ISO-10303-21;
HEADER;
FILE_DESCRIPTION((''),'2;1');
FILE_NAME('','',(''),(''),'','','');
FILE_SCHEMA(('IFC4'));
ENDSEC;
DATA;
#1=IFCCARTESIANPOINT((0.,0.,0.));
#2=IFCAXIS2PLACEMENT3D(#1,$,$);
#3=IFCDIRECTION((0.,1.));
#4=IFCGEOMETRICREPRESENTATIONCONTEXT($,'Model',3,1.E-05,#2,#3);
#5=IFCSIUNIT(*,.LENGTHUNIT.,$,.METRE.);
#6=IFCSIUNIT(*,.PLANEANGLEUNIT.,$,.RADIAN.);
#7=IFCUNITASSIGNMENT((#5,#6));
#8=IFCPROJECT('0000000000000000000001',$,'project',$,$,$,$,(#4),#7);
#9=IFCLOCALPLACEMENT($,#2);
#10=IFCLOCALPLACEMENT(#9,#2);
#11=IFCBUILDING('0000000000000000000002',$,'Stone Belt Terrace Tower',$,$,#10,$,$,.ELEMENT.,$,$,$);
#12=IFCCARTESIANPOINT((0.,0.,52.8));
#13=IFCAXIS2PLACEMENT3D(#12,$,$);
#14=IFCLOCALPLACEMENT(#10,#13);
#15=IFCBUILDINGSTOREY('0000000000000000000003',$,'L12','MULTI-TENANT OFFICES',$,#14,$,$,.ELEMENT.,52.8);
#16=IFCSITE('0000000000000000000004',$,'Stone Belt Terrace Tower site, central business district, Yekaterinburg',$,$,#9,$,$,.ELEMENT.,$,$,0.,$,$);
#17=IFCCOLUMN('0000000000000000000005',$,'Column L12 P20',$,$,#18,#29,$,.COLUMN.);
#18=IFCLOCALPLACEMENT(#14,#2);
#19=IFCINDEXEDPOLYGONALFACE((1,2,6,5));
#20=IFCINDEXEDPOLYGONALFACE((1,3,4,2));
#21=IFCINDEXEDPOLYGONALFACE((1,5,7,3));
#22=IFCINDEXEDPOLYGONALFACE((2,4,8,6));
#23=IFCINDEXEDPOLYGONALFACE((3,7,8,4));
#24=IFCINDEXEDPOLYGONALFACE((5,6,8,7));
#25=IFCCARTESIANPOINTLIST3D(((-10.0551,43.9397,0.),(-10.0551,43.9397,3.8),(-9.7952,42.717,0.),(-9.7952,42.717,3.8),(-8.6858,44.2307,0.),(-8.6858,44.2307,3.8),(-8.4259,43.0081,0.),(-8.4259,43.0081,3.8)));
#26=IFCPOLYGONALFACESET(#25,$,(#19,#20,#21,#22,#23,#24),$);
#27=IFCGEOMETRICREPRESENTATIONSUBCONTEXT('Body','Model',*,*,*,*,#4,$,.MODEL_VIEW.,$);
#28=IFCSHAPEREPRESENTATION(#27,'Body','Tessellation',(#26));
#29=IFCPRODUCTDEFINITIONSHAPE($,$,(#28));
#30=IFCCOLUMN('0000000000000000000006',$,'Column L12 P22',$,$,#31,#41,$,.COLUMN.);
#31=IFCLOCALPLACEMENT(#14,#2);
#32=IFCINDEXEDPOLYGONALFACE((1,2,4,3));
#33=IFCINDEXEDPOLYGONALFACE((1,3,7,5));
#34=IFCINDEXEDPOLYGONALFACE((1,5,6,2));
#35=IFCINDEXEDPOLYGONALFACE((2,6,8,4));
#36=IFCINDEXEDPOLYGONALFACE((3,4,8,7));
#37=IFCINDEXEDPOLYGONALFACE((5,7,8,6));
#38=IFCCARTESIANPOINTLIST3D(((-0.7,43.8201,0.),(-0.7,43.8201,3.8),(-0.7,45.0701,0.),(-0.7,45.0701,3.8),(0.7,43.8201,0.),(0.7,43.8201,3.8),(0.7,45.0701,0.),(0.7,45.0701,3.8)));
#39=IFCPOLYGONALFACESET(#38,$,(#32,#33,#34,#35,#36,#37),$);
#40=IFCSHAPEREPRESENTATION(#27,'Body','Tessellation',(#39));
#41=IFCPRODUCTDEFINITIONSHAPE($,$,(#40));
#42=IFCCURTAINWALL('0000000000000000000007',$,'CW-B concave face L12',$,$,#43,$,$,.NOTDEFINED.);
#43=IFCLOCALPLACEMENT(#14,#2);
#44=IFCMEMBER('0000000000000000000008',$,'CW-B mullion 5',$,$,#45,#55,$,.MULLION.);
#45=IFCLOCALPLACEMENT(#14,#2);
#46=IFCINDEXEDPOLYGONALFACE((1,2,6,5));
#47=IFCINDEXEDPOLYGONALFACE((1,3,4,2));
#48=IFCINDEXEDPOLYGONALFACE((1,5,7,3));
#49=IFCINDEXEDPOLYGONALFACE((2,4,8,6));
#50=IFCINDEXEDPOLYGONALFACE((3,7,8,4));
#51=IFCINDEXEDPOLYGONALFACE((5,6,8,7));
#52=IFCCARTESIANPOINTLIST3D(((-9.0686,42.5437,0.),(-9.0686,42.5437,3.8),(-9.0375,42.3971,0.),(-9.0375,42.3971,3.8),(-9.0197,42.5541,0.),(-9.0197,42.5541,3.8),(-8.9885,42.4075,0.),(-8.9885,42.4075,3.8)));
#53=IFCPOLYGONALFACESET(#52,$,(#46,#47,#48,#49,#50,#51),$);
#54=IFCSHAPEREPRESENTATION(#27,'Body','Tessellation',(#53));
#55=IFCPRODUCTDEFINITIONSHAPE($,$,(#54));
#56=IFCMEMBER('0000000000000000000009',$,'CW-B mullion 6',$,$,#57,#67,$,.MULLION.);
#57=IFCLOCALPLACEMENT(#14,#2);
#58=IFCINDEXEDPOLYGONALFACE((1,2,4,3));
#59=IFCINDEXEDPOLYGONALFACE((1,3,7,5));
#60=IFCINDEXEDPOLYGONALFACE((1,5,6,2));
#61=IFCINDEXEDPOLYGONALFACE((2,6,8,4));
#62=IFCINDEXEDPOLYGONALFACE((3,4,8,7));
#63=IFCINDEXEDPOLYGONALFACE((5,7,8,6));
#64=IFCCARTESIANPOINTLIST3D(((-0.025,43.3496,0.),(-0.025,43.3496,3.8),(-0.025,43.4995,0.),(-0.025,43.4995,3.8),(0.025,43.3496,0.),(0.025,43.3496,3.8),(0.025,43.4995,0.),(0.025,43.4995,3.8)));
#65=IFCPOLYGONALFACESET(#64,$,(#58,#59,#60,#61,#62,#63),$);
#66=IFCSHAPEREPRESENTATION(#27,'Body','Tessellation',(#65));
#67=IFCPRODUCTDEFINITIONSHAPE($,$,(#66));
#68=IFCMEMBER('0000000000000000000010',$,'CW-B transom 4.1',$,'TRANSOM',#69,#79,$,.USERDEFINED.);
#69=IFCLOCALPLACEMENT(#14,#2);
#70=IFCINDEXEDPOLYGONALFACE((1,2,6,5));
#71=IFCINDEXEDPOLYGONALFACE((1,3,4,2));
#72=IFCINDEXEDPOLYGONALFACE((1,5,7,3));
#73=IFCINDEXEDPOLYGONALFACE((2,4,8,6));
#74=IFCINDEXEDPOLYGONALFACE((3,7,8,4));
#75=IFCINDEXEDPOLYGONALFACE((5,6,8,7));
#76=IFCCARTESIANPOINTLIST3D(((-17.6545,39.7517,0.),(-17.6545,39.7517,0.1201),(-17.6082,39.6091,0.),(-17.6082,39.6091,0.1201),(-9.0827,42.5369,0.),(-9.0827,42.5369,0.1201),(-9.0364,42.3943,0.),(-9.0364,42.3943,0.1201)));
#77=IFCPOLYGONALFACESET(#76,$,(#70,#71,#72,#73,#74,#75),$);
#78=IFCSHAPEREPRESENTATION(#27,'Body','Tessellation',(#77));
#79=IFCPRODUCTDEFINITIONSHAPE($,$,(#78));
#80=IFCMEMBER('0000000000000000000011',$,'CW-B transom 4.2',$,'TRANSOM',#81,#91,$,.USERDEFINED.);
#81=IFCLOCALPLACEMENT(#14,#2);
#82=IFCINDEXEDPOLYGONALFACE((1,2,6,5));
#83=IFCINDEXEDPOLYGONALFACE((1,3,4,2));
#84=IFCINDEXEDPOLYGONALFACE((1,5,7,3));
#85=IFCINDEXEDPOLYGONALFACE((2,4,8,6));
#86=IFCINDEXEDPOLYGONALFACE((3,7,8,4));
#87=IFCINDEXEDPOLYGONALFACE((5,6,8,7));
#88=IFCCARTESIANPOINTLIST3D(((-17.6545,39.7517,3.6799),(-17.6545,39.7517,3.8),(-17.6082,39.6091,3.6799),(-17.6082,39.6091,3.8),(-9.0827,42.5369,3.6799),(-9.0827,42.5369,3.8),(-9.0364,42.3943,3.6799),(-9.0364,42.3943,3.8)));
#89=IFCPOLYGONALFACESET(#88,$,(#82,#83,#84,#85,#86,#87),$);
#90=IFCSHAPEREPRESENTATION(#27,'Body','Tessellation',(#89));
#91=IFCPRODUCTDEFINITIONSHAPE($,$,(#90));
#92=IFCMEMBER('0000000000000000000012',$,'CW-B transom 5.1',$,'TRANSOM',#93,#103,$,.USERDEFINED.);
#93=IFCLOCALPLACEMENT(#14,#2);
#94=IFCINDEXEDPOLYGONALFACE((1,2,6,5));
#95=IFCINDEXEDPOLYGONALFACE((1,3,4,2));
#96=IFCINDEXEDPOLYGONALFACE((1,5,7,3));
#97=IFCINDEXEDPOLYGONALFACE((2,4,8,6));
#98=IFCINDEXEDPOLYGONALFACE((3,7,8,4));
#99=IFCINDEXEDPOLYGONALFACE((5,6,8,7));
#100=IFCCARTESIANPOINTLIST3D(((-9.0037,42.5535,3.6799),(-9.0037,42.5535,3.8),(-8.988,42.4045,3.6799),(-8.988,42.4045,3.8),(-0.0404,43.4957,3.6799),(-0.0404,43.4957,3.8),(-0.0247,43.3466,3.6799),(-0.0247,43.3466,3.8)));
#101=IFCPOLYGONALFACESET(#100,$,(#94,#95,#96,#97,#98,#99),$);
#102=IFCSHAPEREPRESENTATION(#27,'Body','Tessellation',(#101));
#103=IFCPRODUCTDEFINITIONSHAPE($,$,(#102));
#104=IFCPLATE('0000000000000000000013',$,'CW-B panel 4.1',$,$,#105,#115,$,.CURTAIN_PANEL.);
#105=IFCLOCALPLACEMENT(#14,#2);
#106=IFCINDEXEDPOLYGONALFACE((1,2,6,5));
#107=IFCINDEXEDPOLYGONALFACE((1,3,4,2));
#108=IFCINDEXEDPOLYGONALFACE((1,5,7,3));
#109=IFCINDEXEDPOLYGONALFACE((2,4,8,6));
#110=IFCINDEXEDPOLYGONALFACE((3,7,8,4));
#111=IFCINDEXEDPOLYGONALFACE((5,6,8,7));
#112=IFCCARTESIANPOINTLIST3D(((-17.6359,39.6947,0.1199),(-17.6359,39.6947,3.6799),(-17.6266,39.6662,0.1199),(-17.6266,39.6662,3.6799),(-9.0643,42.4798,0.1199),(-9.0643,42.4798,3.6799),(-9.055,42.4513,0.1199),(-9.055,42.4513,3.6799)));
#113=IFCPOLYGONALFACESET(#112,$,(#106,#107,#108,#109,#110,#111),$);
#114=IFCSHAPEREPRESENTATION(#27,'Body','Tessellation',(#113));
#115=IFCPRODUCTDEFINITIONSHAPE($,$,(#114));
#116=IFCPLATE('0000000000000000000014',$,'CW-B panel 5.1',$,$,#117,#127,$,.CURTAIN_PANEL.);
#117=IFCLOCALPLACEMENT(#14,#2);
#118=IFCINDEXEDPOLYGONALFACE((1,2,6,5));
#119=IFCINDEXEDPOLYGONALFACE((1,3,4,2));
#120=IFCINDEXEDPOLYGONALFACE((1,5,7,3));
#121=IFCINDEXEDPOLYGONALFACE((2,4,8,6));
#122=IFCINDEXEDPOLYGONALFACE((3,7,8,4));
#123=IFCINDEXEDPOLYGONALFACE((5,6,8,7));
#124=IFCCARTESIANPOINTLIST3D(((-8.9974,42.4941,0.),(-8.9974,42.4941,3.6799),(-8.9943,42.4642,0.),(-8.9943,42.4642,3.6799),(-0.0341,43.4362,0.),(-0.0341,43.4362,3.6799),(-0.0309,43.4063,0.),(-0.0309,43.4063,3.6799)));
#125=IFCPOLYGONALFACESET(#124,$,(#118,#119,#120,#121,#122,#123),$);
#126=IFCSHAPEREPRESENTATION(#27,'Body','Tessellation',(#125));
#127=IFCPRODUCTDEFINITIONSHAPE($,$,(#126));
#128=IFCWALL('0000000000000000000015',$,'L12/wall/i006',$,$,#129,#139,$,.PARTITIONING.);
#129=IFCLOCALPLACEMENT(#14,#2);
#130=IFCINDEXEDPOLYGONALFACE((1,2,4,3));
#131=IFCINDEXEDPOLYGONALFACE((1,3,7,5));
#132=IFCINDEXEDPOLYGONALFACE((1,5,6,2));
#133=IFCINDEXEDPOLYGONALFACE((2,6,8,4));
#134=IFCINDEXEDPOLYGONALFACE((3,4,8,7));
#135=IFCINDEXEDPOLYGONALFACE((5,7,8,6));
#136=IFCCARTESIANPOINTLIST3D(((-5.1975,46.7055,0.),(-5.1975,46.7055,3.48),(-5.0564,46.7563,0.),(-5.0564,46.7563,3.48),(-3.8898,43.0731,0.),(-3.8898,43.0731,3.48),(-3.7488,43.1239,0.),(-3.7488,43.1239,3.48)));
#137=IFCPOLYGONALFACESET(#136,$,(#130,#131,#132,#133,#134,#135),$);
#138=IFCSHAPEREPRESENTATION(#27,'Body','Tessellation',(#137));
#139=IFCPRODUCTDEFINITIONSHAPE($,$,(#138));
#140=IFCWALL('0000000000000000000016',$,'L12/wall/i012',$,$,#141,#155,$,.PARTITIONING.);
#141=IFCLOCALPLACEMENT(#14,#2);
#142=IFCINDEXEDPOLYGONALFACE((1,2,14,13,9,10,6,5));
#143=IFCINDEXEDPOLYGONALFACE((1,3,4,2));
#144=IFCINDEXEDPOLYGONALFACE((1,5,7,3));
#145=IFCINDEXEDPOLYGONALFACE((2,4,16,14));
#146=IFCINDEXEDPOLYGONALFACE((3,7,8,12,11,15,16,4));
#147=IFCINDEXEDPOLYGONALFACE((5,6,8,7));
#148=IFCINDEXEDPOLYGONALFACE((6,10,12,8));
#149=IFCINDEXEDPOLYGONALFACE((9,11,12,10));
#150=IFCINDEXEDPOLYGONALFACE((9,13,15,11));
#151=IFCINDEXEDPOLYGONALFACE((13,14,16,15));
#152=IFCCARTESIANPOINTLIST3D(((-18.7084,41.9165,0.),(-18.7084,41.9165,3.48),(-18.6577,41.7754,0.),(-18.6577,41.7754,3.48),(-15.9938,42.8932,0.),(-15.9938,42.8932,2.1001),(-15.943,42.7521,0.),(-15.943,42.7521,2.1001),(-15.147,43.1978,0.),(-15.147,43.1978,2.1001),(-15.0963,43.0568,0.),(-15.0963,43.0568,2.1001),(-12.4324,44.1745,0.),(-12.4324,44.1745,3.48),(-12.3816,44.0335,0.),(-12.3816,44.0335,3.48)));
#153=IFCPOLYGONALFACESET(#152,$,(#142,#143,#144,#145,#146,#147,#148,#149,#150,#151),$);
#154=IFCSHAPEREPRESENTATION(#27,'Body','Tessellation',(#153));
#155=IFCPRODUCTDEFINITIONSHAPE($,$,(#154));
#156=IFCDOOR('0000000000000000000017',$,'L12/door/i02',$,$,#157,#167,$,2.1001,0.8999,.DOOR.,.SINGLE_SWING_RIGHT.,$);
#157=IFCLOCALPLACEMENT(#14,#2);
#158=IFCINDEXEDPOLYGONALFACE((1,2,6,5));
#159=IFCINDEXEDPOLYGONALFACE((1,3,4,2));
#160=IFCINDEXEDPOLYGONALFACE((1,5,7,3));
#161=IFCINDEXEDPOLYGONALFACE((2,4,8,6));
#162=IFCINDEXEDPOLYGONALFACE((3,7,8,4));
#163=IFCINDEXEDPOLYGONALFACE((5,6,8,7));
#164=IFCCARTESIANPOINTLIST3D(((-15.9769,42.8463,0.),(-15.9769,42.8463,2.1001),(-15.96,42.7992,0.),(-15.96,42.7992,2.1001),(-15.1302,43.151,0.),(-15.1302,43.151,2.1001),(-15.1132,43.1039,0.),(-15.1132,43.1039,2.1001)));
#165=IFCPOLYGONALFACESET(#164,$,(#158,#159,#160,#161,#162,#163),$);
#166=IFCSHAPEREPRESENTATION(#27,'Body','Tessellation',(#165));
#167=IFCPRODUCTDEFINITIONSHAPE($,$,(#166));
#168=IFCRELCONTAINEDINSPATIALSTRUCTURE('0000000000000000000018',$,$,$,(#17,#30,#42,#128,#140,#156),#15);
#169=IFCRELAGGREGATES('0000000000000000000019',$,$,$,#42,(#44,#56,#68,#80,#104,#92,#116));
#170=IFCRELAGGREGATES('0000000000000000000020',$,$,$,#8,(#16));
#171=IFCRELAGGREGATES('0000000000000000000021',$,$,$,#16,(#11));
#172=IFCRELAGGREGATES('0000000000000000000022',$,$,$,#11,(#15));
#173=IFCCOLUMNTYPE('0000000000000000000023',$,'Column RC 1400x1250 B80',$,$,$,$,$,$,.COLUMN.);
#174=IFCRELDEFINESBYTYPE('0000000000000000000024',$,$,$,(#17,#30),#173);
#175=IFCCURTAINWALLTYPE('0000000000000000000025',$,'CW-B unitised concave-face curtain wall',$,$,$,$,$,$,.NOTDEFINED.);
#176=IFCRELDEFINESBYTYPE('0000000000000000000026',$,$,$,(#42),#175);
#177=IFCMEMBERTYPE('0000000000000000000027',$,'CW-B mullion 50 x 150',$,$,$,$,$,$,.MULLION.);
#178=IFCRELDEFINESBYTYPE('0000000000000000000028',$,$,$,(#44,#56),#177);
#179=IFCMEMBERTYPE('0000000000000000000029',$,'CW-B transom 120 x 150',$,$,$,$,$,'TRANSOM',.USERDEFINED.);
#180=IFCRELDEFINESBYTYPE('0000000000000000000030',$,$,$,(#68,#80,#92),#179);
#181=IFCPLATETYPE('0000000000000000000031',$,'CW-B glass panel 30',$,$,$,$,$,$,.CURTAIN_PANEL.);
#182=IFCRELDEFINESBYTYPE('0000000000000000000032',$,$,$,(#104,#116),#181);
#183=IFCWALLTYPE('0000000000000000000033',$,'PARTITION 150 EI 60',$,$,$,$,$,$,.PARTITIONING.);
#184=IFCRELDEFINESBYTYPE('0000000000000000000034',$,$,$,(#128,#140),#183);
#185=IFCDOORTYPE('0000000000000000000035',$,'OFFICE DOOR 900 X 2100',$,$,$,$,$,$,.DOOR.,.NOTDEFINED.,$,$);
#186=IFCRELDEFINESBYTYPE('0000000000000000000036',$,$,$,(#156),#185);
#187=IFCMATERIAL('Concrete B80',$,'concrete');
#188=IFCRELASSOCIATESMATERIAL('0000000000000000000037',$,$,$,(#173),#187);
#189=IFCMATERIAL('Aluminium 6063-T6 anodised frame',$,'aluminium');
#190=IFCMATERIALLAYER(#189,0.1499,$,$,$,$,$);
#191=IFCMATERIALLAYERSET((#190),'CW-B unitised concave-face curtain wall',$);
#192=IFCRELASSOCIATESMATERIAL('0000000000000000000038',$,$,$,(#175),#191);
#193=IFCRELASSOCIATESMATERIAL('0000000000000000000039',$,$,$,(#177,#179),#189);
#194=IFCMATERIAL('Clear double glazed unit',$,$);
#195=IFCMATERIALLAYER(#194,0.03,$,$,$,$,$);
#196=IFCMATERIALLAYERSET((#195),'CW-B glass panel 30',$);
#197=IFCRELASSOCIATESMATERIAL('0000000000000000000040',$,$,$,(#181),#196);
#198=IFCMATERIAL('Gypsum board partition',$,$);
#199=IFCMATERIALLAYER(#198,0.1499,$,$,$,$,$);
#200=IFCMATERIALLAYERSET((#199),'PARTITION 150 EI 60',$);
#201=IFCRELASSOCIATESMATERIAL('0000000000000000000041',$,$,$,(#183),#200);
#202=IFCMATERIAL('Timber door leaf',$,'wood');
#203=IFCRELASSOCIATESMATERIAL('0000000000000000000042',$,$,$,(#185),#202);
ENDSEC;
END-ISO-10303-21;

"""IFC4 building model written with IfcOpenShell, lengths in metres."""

from ifc_helpers import new_model, si_unit, direction, frame, frame_2d, origin, origin_2d, place, context, subcontext, project, spatial, rectangle, extrude, material, layer, layer_set, material_profile, profile_set, type_object, element, fill, aggregate, save


model = new_model("IFC4")

# Units and contexts
model_context = context("Model", 3, precision=1e-05, world=origin(), true_north=direction((0.0, 1.0)))
body_context = subcontext(model_context, "Body", "Model", "MODEL_VIEW")
ifc_project = project(units=[si_unit("LENGTHUNIT", "METRE"), si_unit("PLANEANGLEUNIT", "RADIAN")], contexts=[model_context])

# Site, building, storey
site_placement = place(None, origin())
site = spatial("IfcSite", under=ifc_project, at=site_placement, Name="Stone Belt Terrace Tower site, central business district, Yekaterinburg", CompositionType="ELEMENT", RefElevation=0.0)
building_placement = place(site_placement, origin())
building = spatial("IfcBuilding", under=site, at=building_placement, Name="Stone Belt Terrace Tower", CompositionType="ELEMENT")
storey_placement = place(building_placement, frame((0.0, 0.0, 52.8)))
storey = spatial("IfcBuildingStorey", under=building, at=storey_placement, Name="L12", Description="MULTI-TENANT OFFICES", CompositionType="ELEMENT", Elevation=52.8)

# Columns
ifc_material_1 = material(Name="Concrete B80", Category="concrete")
ifc_material_profile_1 = material_profile(ifc_material_1, rectangle(XDim=1.3999, YDim=1.25, at=origin_2d()), Name="RC 1400x1250")
ifc_profile_set_1 = profile_set([ifc_material_profile_1], Name="Concrete B80")
column_type = type_object("IfcColumnType", Name="Column RC 1400x1250 B80", PredefinedType="COLUMN", material=ifc_profile_set_1)
for number, where, z_axis, x_axis, name in (
    (1, (-9.2405, 43.4739, 0.0), (0.0, 0.0, 1.0), (0.978148, 0.207912, 0.0), "Column L12 P20"),
    (2, (0.0, 44.4451, 0.0), (0.0, 0.0, 1.0), (1.0, 0.0, 0.0), "Column L12 P22"),
):
    element("IfcColumn", number, at=place(storey_placement, frame(where, z_axis=z_axis, x_axis=x_axis)), inside=storey, type_object=column_type, Name=name, PredefinedType="COLUMN", context=body_context, shape_type="SweptSolid", body=[
        extrude(rectangle(XDim=1.3999, YDim=1.25, at=origin_2d()), origin(), (0.0, 0.0, 1.0), 3.8),
    ])

# Curtain wall, members, plates
ifc_material_2 = material(Name="Aluminium 6063-T6 anodised frame", Category="aluminium")
ifc_layer_1 = layer(ifc_material_2, 0.1499)
ifc_layer_set_1 = layer_set([ifc_layer_1], Name="CW-B unitised concave-face curtain wall")
curtain_wall_type = type_object("IfcCurtainWallType", Name="CW-B unitised concave-face curtain wall", PredefinedType="NOTDEFINED", material=ifc_layer_set_1)
curtain_wall_placement = place(storey_placement, origin())
curtain_wall = element("IfcCurtainWall", 3, at=curtain_wall_placement, inside=storey, type_object=curtain_wall_type, Name="CW-B concave face L12", PredefinedType="NOTDEFINED")
ifc_material_profile_2 = material_profile(ifc_material_2, rectangle(XDim=0.1499, YDim=0.05, at=origin_2d()), Name="Aluminium 6063-T6 50x150")
ifc_profile_set_2 = profile_set([ifc_material_profile_2], Name="Aluminium 6063-T6 anodised frame")
member_type_1 = type_object("IfcMemberType", Name="CW-B mullion 50 x 150", PredefinedType="MULLION", material=ifc_profile_set_2)
member_1_placement = place(storey_placement, frame((-9.0286, 42.4756, 0.0), z_axis=(0.0, 0.0, 1.0), x_axis=(-0.207912, 0.978148, 0.0)))
member_1 = element("IfcMember", 4, at=member_1_placement, type_object=member_type_1, Name="CW-B mullion 5", PredefinedType="MULLION", context=body_context, shape_type="SweptSolid", body=[
    extrude(rectangle(XDim=0.1499, YDim=0.05, at=origin_2d()), origin(), (0.0, 0.0, 1.0), 3.8),
])
member_2_placement = place(storey_placement, frame((0.0, 43.4246, 0.0), z_axis=(0.0, 0.0, 1.0), x_axis=(0.0, 1.0, 0.0)))
member_2 = element("IfcMember", 5, at=member_2_placement, type_object=member_type_1, Name="CW-B mullion 6", PredefinedType="MULLION", context=body_context, shape_type="SweptSolid", body=[
    extrude(rectangle(XDim=0.1499, YDim=0.05, at=origin_2d()), origin(), (0.0, 0.0, 1.0), 3.8),
])
ifc_material_profile_3 = material_profile(ifc_material_2, rectangle(XDim=0.1499, YDim=0.1201, at=origin_2d()), Name="Aluminium 6063-T6 150x120")
ifc_profile_set_3 = profile_set([ifc_material_profile_3], Name="Aluminium 6063-T6 anodised frame")
member_type_2 = type_object("IfcMemberType", Name="CW-B transom 120 x 150", ElementType="TRANSOM", PredefinedType="USERDEFINED", material=ifc_profile_set_3)
member_3_placement = place(storey_placement, frame((-17.6313, 39.6804, 0.0601), z_axis=(0.951056, 0.309019, 0.0), x_axis=(-0.309019, 0.951056, 0.0)))
member_3 = element("IfcMember", 6, at=member_3_placement, type_object=member_type_2, Name="CW-B transom 4.1", ObjectType="TRANSOM", PredefinedType="USERDEFINED", context=body_context, shape_type="SweptSolid", body=[
    extrude(rectangle(XDim=0.1499, YDim=0.1201, at=origin_2d()), origin(), (0.0, 0.0, 1.0), 9.0129),
])
member_4_placement = place(storey_placement, frame((-17.6313, 39.6804, 3.74), z_axis=(0.951056, 0.309019, 0.0), x_axis=(-0.309019, 0.951056, 0.0)))
member_4 = element("IfcMember", 7, at=member_4_placement, type_object=member_type_2, Name="CW-B transom 4.2", ObjectType="TRANSOM", PredefinedType="USERDEFINED", context=body_context, shape_type="SweptSolid", body=[
    extrude(rectangle(XDim=0.1499, YDim=0.1201, at=origin_2d()), origin(), (0.0, 0.0, 1.0), 9.0129),
])
member_5_placement = place(storey_placement, frame((-8.9958, 42.479, 3.74), z_axis=(0.994521, 0.104534, 0.0), x_axis=(-0.104534, 0.994521, 0.0)))
member_5 = element("IfcMember", 8, at=member_5_placement, type_object=member_type_2, Name="CW-B transom 5.1", ObjectType="TRANSOM", PredefinedType="USERDEFINED", context=body_context, shape_type="SweptSolid", body=[
    extrude(rectangle(XDim=0.1499, YDim=0.1201, at=origin_2d()), origin(), (0.0, 0.0, 1.0), 9.0127),
])
ifc_material_3 = material(Name="Clear double glazed unit")
ifc_layer_2 = layer(ifc_material_3, 0.03)
ifc_layer_set_2 = layer_set([ifc_layer_2], Name="CW-B glass panel 30")
plate_type = type_object("IfcPlateType", Name="CW-B glass panel 30", PredefinedType="CURTAIN_PANEL", material=ifc_layer_set_2)
plate_1_placement = place(storey_placement, frame((-13.3455, 41.073, 0.1199), z_axis=(0.0, 0.0, 1.0), x_axis=(0.951057, 0.309017, 0.0)))
plate_1 = element("IfcPlate", 9, at=plate_1_placement, type_object=plate_type, Name="CW-B panel 4.1", PredefinedType="CURTAIN_PANEL", context=body_context, shape_type="SweptSolid", body=[
    extrude(rectangle(XDim=9.0127, YDim=0.03, at=origin_2d()), origin(), (0.0, 0.0, 1.0), 3.5601),
])
plate_2_placement = place(storey_placement, frame((-4.5142, 42.9502, 0.0), z_axis=(0.0, 0.0, 1.0), x_axis=(0.994522, 0.104528, 0.0)))
plate_2 = element("IfcPlate", 10, at=plate_2_placement, type_object=plate_type, Name="CW-B panel 5.1", PredefinedType="CURTAIN_PANEL", context=body_context, shape_type="SweptSolid", body=[
    extrude(rectangle(XDim=9.0127, YDim=0.03, at=origin_2d()), origin(), (0.0, 0.0, 1.0), 3.6799),
])
aggregate(curtain_wall, [member_1, member_2, member_3, member_4, plate_1, member_5, plate_2])

# Wall
ifc_material_4 = material(Name="Gypsum board partition")
ifc_layer_3 = layer(ifc_material_4, 0.1499)
ifc_layer_set_3 = layer_set([ifc_layer_3], Name="PARTITION 150 EI 60")
wall_type_1 = type_object("IfcWallType", Name="PARTITION 150 EI 60", PredefinedType="PARTITIONING", material=ifc_layer_set_3)
wall_1_placement = place(storey_placement, frame((-3.8193, 43.0986, 0.0), z_axis=(0.0, 0.0, 1.0), x_axis=(-0.338715, 0.940889, 0.0)))
element("IfcWall", 11, at=wall_1_placement, inside=storey, type_object=wall_type_1, Name="L12/wall/i006", PredefinedType="PARTITIONING", context=body_context, shape_type="SweptSolid", body=[
    extrude(rectangle(XDim=3.8606, YDim=0.1499, at=frame_2d((1.9302, 0.0))), origin(), (0.0, 0.0, 1.0), 3.48),
])

# Wall, opening, door
wall_2_placement = place(storey_placement, frame((-12.407, 44.104, 0.0), z_axis=(0.0, 0.0, 1.0), x_axis=(-0.940952, -0.338541, 0.0)))
wall_2 = element("IfcWall", 12, at=wall_2_placement, inside=storey, type_object=wall_type_1, Name="L12/wall/i012", PredefinedType="PARTITIONING", context=body_context, shape_type="SweptSolid", body=[
    extrude(rectangle(XDim=6.6699, YDim=0.1499, at=frame_2d((3.335, 0.0))), origin(), (0.0, 0.0, 1.0), 3.48),
])
opening_1_placement = place(wall_2_placement, frame((2.885, 0.0, 0.0)))
opening_1 = element("IfcOpeningElement", 13, at=opening_1_placement, cuts=wall_2, PredefinedType="OPENING", context=body_context, shape_type="SweptSolid", body=[
    extrude(rectangle(XDim=0.8999, YDim=2.1001, at=frame_2d((0.45, 1.05))), frame((0.0, 0.085, 0.0), z_axis=(0.0, -1.0, 0.0), x_axis=(1.0, 0.0, 0.0)), (0.0, 0.0, 1.0), 0.1699),
])
ifc_material_5 = material(Name="Timber door leaf", Category="wood")
door_type_1 = type_object("IfcDoorType", Name="OFFICE DOOR 900 X 2100", OperationType="NOTDEFINED", PredefinedType="DOOR", material=ifc_material_5)
door_1_placement = place(opening_1_placement, origin())
door_1 = element("IfcDoor", 14, at=door_1_placement, inside=storey, type_object=door_type_1, Name="L12/door/i02", OperationType="SINGLE_SWING_RIGHT", OverallHeight=2.1001, OverallWidth=0.8999, PredefinedType="DOOR", context=body_context, shape_type="SweptSolid", body=[
    extrude(rectangle(XDim=0.8999, YDim=2.1001, at=frame_2d((0.45, 1.05))), frame((0.0, 0.0249, 0.0), z_axis=(0.0, -1.0, 0.0), x_axis=(1.0, 0.0, 0.0)), (0.0, 0.0, 1.0), 0.05),
])
fill(opening_1, door_1)

save(model, "model.ifc")
